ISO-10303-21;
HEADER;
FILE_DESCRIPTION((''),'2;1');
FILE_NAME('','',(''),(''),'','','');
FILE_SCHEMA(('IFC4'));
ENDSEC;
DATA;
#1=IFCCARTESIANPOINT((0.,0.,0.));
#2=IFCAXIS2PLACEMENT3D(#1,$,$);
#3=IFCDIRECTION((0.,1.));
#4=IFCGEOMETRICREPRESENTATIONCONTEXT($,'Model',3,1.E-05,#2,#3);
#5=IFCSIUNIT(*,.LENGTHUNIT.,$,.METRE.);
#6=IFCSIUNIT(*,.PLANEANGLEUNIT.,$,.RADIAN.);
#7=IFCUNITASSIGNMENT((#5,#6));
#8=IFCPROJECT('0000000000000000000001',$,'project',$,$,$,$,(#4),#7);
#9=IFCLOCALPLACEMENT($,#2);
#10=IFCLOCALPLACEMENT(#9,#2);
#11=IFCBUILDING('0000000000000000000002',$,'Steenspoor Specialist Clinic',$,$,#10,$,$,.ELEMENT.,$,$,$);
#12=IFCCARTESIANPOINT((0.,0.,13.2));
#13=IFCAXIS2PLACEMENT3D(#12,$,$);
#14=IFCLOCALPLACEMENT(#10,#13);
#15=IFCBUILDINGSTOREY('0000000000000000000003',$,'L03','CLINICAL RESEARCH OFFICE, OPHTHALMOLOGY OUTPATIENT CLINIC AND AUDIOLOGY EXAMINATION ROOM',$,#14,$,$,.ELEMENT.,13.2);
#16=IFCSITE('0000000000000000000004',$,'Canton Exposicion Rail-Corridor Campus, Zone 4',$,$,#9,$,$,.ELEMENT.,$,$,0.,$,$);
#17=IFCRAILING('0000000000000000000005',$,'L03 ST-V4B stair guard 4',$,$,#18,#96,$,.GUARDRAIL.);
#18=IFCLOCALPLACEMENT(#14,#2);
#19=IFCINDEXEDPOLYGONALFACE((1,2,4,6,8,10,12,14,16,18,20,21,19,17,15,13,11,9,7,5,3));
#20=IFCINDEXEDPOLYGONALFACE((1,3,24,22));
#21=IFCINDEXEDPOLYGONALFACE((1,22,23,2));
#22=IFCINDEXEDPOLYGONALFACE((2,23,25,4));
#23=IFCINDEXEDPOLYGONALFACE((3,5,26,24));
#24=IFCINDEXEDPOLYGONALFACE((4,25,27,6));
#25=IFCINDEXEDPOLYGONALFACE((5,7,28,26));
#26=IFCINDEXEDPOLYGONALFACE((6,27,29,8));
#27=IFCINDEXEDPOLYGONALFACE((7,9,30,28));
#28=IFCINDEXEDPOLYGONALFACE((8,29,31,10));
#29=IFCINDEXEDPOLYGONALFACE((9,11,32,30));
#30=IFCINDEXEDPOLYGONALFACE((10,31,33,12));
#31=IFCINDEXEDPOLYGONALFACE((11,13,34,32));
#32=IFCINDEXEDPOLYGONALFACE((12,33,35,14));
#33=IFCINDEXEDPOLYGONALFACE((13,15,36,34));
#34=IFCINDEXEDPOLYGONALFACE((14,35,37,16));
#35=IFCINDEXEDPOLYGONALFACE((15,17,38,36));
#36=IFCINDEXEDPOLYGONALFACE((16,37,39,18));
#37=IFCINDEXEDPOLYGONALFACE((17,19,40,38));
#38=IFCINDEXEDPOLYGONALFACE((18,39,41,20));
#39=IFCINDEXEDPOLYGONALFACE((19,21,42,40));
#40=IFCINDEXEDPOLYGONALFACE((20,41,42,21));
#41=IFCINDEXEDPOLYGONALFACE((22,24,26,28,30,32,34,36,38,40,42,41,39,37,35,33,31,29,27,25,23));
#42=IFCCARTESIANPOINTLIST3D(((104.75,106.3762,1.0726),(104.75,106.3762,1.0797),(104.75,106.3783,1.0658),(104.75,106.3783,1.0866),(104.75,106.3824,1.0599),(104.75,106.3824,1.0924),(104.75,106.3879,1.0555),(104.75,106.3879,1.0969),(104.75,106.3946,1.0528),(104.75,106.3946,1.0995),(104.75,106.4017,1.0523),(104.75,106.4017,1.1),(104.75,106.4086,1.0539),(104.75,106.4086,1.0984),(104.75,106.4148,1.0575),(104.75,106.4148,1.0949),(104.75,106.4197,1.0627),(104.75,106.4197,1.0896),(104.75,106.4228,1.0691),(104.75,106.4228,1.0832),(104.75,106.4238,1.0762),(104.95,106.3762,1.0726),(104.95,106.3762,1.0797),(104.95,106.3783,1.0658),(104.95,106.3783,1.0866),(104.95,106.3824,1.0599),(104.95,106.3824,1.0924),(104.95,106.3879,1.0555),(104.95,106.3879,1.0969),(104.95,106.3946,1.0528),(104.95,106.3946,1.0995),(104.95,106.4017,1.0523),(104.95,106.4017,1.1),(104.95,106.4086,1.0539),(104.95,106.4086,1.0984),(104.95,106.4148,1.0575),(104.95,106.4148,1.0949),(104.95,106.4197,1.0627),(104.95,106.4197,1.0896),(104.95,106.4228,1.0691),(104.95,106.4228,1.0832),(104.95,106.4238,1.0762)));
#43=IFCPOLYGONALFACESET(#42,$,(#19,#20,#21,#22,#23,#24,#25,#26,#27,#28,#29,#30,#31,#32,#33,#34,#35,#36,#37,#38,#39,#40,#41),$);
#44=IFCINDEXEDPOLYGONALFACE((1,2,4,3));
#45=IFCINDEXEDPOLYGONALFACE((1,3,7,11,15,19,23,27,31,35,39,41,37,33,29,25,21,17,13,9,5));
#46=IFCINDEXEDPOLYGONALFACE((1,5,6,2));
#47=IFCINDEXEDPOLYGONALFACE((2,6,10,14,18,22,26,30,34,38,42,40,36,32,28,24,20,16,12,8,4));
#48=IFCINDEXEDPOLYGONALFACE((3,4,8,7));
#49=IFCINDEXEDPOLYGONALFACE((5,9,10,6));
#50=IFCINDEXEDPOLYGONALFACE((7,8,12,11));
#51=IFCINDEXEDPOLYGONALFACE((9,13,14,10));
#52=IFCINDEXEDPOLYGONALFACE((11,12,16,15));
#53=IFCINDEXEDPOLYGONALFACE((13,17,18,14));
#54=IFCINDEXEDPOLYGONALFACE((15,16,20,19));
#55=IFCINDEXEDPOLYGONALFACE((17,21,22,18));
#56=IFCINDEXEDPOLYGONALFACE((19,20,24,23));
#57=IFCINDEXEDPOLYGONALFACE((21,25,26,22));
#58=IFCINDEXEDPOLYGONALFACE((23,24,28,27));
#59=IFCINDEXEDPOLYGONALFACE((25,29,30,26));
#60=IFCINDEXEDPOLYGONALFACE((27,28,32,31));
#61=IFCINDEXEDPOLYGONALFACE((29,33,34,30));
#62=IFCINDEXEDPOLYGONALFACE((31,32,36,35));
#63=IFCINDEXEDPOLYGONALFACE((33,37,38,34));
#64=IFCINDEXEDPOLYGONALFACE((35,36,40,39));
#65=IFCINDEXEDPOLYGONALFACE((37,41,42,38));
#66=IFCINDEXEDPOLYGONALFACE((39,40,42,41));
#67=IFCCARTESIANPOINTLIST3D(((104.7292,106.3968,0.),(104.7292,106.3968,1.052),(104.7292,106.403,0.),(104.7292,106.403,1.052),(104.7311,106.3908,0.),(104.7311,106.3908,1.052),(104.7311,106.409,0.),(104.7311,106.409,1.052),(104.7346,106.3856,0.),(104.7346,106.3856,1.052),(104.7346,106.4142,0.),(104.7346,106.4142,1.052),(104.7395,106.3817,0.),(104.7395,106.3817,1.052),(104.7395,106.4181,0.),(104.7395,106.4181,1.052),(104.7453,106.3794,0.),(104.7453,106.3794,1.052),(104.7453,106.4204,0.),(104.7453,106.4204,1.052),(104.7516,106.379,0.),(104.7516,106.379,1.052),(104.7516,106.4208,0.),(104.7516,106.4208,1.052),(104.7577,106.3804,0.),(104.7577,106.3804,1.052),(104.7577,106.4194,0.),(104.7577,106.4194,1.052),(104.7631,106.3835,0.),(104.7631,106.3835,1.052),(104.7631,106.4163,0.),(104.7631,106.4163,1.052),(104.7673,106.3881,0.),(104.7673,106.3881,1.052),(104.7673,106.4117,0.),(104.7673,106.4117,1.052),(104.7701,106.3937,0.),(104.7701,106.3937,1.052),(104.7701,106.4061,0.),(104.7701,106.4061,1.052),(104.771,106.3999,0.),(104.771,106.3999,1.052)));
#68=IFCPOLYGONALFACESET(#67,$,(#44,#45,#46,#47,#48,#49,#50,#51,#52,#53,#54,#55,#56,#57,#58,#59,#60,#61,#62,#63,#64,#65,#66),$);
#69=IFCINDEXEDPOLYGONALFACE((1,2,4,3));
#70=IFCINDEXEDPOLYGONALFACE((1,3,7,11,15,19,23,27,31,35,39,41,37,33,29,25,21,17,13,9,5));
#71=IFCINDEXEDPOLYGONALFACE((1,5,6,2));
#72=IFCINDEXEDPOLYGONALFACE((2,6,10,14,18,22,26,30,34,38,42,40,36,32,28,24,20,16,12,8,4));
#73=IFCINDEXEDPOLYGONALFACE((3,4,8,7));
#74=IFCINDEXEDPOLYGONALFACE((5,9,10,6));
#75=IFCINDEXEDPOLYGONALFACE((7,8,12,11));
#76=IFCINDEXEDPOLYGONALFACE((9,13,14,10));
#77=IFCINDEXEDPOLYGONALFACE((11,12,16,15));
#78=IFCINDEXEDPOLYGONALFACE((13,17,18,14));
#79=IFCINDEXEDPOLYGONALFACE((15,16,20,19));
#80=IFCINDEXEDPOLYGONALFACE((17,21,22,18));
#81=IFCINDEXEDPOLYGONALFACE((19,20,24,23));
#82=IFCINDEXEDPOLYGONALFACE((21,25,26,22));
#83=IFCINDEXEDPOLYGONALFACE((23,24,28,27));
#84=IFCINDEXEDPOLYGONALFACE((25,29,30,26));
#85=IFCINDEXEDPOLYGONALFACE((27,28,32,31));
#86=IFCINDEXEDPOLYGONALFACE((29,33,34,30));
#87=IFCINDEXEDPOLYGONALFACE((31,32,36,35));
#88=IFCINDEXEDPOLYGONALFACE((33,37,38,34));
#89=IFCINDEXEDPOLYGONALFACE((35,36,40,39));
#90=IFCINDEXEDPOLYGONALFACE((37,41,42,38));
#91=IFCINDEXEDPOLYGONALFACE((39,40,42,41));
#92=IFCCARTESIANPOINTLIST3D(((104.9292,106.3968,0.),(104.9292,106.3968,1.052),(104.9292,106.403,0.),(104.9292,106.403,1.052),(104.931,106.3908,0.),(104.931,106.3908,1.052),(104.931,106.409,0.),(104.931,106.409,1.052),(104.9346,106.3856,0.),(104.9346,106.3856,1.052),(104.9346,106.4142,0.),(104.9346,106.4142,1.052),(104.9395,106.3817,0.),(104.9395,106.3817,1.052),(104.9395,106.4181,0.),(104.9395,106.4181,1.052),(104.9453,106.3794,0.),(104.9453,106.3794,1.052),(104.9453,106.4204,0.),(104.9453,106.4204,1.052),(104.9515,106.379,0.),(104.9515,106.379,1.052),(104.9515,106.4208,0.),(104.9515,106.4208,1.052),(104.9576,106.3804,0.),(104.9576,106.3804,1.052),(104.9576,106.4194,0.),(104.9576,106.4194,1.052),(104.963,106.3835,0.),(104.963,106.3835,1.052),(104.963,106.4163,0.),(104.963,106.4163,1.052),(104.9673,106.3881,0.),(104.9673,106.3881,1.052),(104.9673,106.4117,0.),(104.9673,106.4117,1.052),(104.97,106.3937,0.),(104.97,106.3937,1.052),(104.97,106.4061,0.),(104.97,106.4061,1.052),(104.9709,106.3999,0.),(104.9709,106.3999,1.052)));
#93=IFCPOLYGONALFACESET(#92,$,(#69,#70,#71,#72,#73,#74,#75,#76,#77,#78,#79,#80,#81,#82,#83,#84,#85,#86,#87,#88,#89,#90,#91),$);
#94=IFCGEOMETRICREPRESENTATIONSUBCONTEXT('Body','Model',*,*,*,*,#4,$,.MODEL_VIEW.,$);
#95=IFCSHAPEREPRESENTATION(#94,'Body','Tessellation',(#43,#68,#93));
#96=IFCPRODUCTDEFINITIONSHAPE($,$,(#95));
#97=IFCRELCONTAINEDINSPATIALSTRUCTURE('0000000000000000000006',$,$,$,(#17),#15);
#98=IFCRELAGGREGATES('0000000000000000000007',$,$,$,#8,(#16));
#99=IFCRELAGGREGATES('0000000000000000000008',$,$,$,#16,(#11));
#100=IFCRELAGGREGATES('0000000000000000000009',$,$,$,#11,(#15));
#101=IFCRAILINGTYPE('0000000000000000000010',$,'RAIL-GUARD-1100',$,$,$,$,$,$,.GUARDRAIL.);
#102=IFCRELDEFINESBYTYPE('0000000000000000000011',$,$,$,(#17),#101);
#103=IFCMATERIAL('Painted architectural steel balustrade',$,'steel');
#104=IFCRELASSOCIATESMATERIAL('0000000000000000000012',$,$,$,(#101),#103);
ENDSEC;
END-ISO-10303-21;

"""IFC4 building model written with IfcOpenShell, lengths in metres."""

from ifc_helpers import new_model, si_unit, direction, frame, origin, origin_2d, place, context, subcontext, project, spatial, circle, extrude, material, type_object, element, save


model = new_model("IFC4")

# Units and contexts
model_context = context("Model", 3, precision=1e-05, world=origin(), true_north=direction((0.0, 1.0)))
body_context = subcontext(model_context, "Body", "Model", "MODEL_VIEW")
ifc_project = project(units=[si_unit("LENGTHUNIT", "METRE"), si_unit("PLANEANGLEUNIT", "RADIAN")], contexts=[model_context])

# Site, building, storey
site_placement = place(None, origin())
site = spatial("IfcSite", under=ifc_project, at=site_placement, Name="Canton Exposicion Rail-Corridor Campus, Zone 4", CompositionType="ELEMENT", RefElevation=0.0)
building_placement = place(site_placement, origin())
building = spatial("IfcBuilding", under=site, at=building_placement, Name="Steenspoor Specialist Clinic", CompositionType="ELEMENT")
storey_placement = place(building_placement, frame((0.0, 0.0, 13.2)))
storey = spatial("IfcBuildingStorey", under=building, at=storey_placement, Name="L03", Description="CLINICAL RESEARCH OFFICE, OPHTHALMOLOGY OUTPATIENT CLINIC AND AUDIOLOGY EXAMINATION ROOM", CompositionType="ELEMENT", Elevation=13.2)

# Railing
ifc_material_1 = material(Name="Painted architectural steel balustrade", Category="steel")
railing_type_1 = type_object("IfcRailingType", Name="RAIL-GUARD-1100", PredefinedType="GUARDRAIL", material=ifc_material_1)
railing_1_placement = place(storey_placement, frame((104.75, 106.3999, 0.0)))
element("IfcRailing", 1, at=railing_1_placement, inside=storey, type_object=railing_type_1, Name="L03 ST-V4B stair guard 4", PredefinedType="GUARDRAIL", context=body_context, shape_type="SweptSolid", body=[
    extrude(circle(Radius=0.0239, at=origin_2d()), frame((0.0, 0.0, 1.0762), z_axis=(1.0, 0.0, 0.0), x_axis=(0.0, 1.0, 0.0)), (0.0, 0.0, 1.0), 0.2),
    extrude(circle(Radius=0.021, at=origin_2d()), origin(), (0.0, 0.0, 1.0), 1.052),
    extrude(circle(Radius=0.021, at=origin_2d()), frame((0.2, 0.0, 0.0)), (0.0, 0.0, 1.0), 1.052),
])

save(model, "model.ifc")
